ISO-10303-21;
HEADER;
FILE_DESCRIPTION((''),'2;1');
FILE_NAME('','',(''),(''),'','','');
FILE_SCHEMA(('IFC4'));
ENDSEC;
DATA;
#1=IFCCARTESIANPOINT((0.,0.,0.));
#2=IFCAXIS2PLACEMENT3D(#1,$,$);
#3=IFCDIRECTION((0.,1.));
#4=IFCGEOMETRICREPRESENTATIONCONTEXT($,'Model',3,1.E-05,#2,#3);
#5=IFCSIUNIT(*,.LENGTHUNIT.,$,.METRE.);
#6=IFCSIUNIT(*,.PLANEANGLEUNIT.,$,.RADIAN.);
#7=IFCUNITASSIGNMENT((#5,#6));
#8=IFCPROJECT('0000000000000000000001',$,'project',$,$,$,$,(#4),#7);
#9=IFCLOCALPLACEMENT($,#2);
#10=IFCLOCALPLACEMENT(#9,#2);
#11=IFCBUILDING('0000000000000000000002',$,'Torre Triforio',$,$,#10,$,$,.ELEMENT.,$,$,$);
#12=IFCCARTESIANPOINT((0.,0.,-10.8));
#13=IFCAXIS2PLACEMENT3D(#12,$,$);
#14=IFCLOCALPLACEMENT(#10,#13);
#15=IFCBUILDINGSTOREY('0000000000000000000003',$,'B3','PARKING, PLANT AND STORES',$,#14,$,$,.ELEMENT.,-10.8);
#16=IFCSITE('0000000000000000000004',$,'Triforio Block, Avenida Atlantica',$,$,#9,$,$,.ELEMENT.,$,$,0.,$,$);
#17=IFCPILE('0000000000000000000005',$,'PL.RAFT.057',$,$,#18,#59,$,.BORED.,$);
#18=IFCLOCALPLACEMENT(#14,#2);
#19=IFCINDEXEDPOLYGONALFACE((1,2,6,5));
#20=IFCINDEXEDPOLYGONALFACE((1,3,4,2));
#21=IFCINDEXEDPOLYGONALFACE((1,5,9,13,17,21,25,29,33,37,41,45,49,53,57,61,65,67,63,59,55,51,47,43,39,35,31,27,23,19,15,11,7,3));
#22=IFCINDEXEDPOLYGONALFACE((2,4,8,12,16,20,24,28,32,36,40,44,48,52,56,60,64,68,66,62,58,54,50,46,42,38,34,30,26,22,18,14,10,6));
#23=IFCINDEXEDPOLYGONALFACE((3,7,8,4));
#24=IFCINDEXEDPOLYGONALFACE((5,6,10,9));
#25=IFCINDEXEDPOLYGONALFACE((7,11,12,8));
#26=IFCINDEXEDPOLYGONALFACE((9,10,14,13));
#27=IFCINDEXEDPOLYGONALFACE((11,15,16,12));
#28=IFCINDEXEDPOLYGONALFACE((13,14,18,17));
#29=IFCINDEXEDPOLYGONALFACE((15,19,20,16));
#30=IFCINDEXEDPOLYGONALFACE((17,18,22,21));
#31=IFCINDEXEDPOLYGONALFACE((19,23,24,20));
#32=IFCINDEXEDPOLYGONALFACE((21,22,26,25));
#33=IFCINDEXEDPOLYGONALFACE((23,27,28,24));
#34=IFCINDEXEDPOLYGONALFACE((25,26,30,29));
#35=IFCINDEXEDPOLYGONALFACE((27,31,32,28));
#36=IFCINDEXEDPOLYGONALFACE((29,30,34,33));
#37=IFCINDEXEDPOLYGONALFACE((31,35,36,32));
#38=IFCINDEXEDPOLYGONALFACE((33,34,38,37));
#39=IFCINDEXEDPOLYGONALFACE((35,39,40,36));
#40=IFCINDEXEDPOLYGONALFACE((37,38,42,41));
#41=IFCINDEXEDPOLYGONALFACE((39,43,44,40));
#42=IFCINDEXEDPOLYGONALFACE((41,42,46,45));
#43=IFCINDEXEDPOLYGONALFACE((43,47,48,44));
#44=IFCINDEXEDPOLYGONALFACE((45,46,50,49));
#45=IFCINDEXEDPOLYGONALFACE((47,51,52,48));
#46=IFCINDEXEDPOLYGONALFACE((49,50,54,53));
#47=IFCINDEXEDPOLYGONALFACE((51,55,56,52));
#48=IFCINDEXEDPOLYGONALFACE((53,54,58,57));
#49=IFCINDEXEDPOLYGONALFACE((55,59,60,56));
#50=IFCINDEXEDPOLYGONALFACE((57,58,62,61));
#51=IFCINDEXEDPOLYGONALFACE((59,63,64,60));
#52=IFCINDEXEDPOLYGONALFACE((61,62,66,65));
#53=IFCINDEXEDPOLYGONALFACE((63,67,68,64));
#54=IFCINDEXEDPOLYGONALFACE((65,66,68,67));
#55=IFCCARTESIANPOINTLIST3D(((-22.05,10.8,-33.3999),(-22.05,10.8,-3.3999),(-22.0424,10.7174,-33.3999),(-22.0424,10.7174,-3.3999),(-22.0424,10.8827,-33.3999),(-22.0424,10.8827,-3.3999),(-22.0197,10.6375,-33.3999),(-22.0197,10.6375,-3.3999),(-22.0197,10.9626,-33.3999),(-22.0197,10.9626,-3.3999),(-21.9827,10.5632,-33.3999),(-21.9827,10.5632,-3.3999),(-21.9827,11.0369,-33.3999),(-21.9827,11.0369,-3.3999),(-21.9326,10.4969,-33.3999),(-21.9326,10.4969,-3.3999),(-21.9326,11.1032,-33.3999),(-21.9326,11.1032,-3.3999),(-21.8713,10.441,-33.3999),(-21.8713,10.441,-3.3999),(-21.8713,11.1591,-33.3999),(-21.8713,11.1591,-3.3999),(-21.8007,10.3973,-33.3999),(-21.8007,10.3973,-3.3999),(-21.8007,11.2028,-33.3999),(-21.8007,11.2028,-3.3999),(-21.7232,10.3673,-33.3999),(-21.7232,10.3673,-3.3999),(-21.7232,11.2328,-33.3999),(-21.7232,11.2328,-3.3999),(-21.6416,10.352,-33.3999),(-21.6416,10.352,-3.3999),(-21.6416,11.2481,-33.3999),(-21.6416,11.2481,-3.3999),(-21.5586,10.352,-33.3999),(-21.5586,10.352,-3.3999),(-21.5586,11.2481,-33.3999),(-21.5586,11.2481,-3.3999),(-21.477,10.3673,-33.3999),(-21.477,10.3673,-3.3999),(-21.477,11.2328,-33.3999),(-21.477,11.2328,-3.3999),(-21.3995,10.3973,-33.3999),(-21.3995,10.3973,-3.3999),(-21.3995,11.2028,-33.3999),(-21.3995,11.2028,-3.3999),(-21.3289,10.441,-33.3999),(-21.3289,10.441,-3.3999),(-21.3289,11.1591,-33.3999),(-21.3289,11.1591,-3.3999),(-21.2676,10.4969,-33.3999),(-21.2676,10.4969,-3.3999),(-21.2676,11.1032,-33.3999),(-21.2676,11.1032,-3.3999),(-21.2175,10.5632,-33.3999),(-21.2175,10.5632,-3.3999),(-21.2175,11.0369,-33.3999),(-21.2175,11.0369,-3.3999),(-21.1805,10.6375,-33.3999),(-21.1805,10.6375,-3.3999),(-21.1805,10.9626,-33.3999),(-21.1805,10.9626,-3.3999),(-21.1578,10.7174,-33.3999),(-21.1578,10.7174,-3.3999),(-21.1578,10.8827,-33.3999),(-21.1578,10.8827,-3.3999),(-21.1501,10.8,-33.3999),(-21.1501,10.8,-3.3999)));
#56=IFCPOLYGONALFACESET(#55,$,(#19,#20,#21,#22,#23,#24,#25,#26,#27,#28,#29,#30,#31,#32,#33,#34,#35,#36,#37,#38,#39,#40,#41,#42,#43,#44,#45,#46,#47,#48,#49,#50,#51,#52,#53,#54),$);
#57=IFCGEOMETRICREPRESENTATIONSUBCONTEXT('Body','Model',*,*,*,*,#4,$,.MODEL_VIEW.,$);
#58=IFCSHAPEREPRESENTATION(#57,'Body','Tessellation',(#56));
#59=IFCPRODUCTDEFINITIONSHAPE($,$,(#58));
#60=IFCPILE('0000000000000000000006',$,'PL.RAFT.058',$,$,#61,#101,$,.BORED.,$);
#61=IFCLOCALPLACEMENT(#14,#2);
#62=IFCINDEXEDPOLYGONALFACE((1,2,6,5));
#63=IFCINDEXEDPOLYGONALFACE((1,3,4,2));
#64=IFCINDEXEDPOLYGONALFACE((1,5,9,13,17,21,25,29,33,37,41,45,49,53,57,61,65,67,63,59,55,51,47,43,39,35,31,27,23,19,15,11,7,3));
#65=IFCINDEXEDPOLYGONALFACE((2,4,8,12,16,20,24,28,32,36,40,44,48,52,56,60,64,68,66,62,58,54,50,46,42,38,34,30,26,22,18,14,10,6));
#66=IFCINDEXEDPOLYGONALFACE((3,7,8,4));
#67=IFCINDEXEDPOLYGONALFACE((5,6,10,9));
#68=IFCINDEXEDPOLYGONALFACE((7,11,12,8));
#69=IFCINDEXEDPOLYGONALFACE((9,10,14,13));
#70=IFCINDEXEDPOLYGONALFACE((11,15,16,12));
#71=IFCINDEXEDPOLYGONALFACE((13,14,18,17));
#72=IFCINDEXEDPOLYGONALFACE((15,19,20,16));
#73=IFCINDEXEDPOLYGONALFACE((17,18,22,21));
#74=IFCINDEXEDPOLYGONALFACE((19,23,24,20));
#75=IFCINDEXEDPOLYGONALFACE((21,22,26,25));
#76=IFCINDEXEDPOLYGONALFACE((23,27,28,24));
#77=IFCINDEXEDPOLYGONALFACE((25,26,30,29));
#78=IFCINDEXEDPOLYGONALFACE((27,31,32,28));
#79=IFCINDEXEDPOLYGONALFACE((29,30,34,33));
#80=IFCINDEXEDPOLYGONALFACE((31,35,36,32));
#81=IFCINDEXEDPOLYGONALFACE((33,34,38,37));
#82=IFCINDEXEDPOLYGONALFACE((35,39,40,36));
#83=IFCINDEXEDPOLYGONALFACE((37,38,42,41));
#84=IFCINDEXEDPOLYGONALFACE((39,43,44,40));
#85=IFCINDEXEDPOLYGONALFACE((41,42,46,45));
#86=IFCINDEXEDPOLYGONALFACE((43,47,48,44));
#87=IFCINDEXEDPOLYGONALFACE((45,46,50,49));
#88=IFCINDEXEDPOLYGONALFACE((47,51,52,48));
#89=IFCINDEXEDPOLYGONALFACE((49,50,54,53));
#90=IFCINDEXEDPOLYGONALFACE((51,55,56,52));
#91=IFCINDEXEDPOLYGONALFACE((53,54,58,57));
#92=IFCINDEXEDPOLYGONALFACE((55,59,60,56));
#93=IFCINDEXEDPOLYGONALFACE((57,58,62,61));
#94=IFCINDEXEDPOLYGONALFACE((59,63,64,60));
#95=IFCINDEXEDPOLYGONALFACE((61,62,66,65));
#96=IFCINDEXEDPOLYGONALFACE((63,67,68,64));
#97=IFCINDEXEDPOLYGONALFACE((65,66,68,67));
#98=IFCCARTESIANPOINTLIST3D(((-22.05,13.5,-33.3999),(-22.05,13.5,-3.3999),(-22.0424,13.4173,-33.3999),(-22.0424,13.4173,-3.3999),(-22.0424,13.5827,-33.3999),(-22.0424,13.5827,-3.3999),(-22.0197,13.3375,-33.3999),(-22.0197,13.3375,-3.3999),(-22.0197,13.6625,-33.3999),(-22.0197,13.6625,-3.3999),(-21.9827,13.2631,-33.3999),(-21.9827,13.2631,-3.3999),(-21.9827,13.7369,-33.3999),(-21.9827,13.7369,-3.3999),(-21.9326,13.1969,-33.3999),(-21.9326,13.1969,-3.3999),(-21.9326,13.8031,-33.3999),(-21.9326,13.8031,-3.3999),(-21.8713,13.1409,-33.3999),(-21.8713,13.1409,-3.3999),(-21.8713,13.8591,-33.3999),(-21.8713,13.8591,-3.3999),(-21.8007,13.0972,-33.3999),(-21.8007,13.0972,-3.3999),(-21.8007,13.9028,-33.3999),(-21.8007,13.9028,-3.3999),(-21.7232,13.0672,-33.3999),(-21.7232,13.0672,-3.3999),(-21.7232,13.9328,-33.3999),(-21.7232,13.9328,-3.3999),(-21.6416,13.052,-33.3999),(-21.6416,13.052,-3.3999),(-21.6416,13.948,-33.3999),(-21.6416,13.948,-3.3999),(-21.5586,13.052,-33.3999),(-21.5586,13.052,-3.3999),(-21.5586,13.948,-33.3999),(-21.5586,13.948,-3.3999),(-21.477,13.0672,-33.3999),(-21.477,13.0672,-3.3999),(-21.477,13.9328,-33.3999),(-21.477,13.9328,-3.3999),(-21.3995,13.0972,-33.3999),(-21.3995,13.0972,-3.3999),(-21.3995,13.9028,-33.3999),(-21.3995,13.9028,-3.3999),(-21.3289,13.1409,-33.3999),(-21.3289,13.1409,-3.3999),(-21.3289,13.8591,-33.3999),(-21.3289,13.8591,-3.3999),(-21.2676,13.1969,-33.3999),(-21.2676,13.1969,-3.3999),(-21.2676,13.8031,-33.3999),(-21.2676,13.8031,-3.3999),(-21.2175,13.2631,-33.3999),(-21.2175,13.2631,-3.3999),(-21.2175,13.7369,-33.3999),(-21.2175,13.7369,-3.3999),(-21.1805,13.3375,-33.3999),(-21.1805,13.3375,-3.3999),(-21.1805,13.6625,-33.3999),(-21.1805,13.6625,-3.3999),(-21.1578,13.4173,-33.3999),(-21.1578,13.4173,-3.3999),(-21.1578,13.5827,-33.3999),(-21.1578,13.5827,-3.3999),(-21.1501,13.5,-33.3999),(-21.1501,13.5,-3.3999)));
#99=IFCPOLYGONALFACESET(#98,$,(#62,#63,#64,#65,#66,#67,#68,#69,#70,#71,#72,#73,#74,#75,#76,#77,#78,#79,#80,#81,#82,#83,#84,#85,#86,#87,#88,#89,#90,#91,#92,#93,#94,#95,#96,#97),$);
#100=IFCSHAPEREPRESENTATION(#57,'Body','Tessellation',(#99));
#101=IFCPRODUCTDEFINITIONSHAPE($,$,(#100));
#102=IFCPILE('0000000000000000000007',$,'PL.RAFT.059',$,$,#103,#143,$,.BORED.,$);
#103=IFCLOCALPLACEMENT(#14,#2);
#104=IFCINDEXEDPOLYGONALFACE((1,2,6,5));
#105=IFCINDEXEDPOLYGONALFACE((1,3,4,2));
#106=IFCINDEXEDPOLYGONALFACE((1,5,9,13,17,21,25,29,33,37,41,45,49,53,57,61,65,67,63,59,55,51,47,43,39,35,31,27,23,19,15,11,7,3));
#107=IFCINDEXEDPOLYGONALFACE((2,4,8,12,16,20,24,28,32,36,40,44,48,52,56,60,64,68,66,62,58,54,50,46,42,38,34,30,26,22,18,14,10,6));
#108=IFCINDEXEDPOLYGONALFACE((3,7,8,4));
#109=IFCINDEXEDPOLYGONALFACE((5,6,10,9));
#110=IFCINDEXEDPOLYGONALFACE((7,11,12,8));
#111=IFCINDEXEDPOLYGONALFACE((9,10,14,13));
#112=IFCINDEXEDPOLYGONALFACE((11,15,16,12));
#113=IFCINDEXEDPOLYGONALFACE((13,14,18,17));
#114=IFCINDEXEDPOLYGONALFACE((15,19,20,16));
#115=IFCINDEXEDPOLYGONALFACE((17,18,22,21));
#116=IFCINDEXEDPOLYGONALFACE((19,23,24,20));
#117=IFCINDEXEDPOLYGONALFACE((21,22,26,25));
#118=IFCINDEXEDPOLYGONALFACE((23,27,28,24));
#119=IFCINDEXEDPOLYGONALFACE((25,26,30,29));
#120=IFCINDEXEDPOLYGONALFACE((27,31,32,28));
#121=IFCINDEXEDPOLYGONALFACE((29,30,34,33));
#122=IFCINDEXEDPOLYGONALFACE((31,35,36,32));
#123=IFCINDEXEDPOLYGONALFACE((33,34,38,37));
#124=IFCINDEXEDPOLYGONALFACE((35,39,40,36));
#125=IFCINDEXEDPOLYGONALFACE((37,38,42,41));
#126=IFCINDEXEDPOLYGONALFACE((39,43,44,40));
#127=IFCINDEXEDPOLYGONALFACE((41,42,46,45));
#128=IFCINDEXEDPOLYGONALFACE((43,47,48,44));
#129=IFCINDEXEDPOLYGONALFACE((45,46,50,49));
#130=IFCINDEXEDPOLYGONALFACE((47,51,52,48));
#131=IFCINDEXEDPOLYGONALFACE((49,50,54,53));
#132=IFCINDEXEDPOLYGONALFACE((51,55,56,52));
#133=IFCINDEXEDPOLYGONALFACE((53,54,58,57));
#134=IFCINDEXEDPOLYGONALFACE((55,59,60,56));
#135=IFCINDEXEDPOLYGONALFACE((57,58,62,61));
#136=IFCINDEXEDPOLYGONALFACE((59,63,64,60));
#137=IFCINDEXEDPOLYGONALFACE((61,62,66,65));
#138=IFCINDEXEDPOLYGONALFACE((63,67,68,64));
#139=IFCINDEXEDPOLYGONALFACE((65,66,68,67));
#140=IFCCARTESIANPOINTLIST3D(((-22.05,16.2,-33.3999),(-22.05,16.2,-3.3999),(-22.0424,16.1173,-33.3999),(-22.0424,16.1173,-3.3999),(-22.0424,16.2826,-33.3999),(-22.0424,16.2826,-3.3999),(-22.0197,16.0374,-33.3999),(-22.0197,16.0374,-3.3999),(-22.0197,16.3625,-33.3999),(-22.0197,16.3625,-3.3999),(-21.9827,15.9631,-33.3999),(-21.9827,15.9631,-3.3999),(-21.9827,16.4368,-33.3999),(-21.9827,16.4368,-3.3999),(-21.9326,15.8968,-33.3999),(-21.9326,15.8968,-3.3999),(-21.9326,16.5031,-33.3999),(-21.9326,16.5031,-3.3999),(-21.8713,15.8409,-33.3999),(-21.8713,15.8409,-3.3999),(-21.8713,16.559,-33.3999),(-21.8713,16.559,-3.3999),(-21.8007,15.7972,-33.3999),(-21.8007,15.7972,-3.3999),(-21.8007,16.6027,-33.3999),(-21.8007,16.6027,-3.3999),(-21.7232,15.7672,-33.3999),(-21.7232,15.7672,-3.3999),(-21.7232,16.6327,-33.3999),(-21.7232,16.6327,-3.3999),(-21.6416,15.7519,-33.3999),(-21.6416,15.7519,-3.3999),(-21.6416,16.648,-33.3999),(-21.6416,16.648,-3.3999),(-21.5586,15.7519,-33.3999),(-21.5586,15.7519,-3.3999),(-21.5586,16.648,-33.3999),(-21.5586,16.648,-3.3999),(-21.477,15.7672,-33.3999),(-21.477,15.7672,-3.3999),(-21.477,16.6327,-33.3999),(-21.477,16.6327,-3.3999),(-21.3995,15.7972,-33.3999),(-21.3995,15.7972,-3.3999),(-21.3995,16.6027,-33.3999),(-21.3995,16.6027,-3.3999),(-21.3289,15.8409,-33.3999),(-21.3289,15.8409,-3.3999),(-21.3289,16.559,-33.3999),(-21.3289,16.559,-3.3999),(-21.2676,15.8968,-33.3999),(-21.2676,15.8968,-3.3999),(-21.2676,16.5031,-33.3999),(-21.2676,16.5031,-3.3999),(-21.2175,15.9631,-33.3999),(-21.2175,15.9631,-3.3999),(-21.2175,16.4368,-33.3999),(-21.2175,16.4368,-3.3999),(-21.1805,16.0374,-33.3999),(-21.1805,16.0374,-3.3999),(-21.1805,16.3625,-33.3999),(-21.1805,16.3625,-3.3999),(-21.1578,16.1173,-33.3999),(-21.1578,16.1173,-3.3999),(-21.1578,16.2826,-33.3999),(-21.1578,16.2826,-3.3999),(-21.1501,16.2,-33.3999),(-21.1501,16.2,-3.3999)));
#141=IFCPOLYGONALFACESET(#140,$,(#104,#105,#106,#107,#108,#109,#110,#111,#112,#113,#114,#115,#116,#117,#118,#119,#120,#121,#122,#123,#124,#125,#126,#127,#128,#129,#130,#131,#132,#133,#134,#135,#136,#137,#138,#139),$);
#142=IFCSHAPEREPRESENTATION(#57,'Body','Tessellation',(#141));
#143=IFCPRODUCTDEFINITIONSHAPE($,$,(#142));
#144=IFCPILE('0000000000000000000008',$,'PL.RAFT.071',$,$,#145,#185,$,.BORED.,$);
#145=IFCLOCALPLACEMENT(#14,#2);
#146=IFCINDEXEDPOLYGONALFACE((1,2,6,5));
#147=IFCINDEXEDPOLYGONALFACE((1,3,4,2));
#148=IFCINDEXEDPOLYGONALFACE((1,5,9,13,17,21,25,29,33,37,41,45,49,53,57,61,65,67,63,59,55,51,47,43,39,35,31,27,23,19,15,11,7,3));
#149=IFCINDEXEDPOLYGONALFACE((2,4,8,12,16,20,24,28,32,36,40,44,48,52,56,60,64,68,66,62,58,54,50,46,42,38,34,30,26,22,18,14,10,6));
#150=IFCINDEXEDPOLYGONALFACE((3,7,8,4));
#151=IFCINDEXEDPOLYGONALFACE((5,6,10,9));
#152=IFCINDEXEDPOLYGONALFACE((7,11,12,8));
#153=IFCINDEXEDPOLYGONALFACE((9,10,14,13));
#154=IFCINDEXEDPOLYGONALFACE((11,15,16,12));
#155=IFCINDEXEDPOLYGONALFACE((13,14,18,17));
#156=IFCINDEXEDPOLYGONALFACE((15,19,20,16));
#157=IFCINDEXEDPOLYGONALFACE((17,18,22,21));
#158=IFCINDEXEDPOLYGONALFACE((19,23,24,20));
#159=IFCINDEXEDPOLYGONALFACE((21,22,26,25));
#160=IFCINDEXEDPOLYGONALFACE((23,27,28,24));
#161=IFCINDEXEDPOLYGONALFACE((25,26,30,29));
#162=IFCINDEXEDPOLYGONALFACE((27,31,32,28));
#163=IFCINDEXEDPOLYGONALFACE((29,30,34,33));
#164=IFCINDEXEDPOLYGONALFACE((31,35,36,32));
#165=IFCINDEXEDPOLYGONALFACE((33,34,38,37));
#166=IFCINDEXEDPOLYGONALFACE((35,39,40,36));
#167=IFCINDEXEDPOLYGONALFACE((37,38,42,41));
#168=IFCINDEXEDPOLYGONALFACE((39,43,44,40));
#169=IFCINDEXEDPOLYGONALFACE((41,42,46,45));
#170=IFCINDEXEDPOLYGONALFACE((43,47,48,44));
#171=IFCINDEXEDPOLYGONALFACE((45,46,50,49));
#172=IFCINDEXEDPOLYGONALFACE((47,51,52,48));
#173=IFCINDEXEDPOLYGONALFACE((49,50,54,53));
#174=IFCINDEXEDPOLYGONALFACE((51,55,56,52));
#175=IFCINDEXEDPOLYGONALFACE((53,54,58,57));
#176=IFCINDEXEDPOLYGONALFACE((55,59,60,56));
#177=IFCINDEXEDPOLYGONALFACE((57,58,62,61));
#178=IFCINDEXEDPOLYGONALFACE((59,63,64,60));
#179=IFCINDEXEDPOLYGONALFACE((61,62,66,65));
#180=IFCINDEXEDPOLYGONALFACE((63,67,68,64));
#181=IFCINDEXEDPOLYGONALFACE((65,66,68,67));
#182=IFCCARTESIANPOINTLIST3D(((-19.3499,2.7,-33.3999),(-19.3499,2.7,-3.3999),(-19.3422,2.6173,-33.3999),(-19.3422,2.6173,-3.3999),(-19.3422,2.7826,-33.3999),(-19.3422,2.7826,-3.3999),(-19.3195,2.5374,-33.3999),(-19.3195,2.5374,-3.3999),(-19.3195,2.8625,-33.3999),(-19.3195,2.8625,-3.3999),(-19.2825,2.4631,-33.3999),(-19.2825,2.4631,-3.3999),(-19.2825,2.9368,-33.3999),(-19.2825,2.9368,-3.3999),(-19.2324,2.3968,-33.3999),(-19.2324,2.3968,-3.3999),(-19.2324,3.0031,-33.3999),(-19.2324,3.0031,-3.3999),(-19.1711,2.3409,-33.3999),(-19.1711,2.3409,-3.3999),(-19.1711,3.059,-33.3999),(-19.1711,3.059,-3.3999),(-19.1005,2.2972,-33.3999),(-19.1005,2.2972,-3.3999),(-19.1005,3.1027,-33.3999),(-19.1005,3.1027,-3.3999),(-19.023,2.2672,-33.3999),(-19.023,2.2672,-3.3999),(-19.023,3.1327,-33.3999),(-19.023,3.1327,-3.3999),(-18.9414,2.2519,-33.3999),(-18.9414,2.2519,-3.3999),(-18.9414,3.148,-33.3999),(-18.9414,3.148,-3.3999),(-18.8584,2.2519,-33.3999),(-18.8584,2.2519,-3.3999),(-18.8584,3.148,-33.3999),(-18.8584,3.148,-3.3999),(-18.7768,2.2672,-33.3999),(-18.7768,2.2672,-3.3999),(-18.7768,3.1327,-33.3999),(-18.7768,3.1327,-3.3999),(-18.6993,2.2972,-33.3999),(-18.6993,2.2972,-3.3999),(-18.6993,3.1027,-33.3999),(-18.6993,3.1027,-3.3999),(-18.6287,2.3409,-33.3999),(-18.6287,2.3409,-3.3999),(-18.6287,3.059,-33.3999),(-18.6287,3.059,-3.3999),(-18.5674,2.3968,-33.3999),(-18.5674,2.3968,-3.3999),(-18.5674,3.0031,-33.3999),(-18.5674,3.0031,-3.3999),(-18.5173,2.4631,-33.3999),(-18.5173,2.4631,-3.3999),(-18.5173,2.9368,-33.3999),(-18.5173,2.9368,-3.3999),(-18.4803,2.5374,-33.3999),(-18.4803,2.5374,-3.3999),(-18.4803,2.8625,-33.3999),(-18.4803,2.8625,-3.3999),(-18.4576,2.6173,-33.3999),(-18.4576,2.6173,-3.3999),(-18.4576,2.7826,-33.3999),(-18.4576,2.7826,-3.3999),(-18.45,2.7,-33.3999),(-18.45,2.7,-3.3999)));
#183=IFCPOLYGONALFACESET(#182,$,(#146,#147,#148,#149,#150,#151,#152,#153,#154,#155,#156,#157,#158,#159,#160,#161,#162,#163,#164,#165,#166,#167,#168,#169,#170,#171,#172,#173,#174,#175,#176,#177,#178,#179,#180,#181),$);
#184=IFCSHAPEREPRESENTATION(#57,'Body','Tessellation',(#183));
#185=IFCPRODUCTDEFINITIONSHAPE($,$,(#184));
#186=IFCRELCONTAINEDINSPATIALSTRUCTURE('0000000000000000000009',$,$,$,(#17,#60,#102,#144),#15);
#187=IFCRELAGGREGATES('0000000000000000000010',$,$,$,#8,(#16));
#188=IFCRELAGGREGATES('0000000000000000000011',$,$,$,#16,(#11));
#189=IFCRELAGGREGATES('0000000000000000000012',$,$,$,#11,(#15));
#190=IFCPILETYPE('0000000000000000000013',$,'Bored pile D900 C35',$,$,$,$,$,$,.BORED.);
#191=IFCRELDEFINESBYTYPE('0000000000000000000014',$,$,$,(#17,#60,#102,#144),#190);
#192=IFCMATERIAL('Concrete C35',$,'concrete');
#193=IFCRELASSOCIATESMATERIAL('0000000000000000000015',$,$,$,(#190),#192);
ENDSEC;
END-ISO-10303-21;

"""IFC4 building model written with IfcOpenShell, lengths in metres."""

from ifc_helpers import new_model, si_unit, direction, frame, origin, origin_2d, place, context, subcontext, project, spatial, circle, extrude, material, material_profile, profile_set, type_object, element, save


model = new_model("IFC4")

# Units and contexts
model_context = context("Model", 3, precision=1e-05, world=origin(), true_north=direction((0.0, 1.0)))
body_context = subcontext(model_context, "Body", "Model", "MODEL_VIEW")
ifc_project = project(units=[si_unit("LENGTHUNIT", "METRE"), si_unit("PLANEANGLEUNIT", "RADIAN")], contexts=[model_context])

# Site, building, storey
site_placement = place(None, origin())
site = spatial("IfcSite", under=ifc_project, at=site_placement, Name="Triforio Block, Avenida Atlantica", CompositionType="ELEMENT", RefElevation=0.0)
building_placement = place(site_placement, origin())
building = spatial("IfcBuilding", under=site, at=building_placement, Name="Torre Triforio", CompositionType="ELEMENT")
storey_placement = place(building_placement, frame((0.0, 0.0, -10.8)))
storey = spatial("IfcBuildingStorey", under=building, at=storey_placement, Name="B3", Description="PARKING, PLANT AND STORES", CompositionType="ELEMENT", Elevation=-10.8)

# Piles
ifc_material_1 = material(Name="Concrete C35", Category="concrete")
ifc_material_profile_1 = material_profile(ifc_material_1, circle(Radius=0.45, at=origin_2d()), Name="RC D900")
ifc_profile_set_1 = profile_set([ifc_material_profile_1], Name="Concrete C35")
pile_type = type_object("IfcPileType", Name="Bored pile D900 C35", PredefinedType="BORED", material=ifc_profile_set_1)
for number, where, z_axis, x_axis, name in (
    (1, (-21.6001, 10.8, -3.3999), (0.0, 0.0, -1.0), (1.0, 0.0, 0.0), "PL.RAFT.057"),
    (2, (-21.6001, 13.5, -3.3999), (0.0, 0.0, -1.0), (1.0, 0.0, 0.0), "PL.RAFT.058"),
    (3, (-21.6001, 16.2, -3.3999), (0.0, 0.0, -1.0), (1.0, 0.0, 0.0), "PL.RAFT.059"),
    (4, (-18.8999, 2.7, -3.3999), (0.0, 0.0, -1.0), (1.0, 0.0, 0.0), "PL.RAFT.071"),
):
    element("IfcPile", number, at=place(storey_placement, frame(where, z_axis=z_axis, x_axis=x_axis)), inside=storey, type_object=pile_type, Name=name, PredefinedType="BORED", context=body_context, shape_type="SweptSolid", body=[
        extrude(circle(Radius=0.45, at=origin_2d()), origin(), (0.0, 0.0, 1.0), 30.0),
    ])

save(model, "model.ifc")
